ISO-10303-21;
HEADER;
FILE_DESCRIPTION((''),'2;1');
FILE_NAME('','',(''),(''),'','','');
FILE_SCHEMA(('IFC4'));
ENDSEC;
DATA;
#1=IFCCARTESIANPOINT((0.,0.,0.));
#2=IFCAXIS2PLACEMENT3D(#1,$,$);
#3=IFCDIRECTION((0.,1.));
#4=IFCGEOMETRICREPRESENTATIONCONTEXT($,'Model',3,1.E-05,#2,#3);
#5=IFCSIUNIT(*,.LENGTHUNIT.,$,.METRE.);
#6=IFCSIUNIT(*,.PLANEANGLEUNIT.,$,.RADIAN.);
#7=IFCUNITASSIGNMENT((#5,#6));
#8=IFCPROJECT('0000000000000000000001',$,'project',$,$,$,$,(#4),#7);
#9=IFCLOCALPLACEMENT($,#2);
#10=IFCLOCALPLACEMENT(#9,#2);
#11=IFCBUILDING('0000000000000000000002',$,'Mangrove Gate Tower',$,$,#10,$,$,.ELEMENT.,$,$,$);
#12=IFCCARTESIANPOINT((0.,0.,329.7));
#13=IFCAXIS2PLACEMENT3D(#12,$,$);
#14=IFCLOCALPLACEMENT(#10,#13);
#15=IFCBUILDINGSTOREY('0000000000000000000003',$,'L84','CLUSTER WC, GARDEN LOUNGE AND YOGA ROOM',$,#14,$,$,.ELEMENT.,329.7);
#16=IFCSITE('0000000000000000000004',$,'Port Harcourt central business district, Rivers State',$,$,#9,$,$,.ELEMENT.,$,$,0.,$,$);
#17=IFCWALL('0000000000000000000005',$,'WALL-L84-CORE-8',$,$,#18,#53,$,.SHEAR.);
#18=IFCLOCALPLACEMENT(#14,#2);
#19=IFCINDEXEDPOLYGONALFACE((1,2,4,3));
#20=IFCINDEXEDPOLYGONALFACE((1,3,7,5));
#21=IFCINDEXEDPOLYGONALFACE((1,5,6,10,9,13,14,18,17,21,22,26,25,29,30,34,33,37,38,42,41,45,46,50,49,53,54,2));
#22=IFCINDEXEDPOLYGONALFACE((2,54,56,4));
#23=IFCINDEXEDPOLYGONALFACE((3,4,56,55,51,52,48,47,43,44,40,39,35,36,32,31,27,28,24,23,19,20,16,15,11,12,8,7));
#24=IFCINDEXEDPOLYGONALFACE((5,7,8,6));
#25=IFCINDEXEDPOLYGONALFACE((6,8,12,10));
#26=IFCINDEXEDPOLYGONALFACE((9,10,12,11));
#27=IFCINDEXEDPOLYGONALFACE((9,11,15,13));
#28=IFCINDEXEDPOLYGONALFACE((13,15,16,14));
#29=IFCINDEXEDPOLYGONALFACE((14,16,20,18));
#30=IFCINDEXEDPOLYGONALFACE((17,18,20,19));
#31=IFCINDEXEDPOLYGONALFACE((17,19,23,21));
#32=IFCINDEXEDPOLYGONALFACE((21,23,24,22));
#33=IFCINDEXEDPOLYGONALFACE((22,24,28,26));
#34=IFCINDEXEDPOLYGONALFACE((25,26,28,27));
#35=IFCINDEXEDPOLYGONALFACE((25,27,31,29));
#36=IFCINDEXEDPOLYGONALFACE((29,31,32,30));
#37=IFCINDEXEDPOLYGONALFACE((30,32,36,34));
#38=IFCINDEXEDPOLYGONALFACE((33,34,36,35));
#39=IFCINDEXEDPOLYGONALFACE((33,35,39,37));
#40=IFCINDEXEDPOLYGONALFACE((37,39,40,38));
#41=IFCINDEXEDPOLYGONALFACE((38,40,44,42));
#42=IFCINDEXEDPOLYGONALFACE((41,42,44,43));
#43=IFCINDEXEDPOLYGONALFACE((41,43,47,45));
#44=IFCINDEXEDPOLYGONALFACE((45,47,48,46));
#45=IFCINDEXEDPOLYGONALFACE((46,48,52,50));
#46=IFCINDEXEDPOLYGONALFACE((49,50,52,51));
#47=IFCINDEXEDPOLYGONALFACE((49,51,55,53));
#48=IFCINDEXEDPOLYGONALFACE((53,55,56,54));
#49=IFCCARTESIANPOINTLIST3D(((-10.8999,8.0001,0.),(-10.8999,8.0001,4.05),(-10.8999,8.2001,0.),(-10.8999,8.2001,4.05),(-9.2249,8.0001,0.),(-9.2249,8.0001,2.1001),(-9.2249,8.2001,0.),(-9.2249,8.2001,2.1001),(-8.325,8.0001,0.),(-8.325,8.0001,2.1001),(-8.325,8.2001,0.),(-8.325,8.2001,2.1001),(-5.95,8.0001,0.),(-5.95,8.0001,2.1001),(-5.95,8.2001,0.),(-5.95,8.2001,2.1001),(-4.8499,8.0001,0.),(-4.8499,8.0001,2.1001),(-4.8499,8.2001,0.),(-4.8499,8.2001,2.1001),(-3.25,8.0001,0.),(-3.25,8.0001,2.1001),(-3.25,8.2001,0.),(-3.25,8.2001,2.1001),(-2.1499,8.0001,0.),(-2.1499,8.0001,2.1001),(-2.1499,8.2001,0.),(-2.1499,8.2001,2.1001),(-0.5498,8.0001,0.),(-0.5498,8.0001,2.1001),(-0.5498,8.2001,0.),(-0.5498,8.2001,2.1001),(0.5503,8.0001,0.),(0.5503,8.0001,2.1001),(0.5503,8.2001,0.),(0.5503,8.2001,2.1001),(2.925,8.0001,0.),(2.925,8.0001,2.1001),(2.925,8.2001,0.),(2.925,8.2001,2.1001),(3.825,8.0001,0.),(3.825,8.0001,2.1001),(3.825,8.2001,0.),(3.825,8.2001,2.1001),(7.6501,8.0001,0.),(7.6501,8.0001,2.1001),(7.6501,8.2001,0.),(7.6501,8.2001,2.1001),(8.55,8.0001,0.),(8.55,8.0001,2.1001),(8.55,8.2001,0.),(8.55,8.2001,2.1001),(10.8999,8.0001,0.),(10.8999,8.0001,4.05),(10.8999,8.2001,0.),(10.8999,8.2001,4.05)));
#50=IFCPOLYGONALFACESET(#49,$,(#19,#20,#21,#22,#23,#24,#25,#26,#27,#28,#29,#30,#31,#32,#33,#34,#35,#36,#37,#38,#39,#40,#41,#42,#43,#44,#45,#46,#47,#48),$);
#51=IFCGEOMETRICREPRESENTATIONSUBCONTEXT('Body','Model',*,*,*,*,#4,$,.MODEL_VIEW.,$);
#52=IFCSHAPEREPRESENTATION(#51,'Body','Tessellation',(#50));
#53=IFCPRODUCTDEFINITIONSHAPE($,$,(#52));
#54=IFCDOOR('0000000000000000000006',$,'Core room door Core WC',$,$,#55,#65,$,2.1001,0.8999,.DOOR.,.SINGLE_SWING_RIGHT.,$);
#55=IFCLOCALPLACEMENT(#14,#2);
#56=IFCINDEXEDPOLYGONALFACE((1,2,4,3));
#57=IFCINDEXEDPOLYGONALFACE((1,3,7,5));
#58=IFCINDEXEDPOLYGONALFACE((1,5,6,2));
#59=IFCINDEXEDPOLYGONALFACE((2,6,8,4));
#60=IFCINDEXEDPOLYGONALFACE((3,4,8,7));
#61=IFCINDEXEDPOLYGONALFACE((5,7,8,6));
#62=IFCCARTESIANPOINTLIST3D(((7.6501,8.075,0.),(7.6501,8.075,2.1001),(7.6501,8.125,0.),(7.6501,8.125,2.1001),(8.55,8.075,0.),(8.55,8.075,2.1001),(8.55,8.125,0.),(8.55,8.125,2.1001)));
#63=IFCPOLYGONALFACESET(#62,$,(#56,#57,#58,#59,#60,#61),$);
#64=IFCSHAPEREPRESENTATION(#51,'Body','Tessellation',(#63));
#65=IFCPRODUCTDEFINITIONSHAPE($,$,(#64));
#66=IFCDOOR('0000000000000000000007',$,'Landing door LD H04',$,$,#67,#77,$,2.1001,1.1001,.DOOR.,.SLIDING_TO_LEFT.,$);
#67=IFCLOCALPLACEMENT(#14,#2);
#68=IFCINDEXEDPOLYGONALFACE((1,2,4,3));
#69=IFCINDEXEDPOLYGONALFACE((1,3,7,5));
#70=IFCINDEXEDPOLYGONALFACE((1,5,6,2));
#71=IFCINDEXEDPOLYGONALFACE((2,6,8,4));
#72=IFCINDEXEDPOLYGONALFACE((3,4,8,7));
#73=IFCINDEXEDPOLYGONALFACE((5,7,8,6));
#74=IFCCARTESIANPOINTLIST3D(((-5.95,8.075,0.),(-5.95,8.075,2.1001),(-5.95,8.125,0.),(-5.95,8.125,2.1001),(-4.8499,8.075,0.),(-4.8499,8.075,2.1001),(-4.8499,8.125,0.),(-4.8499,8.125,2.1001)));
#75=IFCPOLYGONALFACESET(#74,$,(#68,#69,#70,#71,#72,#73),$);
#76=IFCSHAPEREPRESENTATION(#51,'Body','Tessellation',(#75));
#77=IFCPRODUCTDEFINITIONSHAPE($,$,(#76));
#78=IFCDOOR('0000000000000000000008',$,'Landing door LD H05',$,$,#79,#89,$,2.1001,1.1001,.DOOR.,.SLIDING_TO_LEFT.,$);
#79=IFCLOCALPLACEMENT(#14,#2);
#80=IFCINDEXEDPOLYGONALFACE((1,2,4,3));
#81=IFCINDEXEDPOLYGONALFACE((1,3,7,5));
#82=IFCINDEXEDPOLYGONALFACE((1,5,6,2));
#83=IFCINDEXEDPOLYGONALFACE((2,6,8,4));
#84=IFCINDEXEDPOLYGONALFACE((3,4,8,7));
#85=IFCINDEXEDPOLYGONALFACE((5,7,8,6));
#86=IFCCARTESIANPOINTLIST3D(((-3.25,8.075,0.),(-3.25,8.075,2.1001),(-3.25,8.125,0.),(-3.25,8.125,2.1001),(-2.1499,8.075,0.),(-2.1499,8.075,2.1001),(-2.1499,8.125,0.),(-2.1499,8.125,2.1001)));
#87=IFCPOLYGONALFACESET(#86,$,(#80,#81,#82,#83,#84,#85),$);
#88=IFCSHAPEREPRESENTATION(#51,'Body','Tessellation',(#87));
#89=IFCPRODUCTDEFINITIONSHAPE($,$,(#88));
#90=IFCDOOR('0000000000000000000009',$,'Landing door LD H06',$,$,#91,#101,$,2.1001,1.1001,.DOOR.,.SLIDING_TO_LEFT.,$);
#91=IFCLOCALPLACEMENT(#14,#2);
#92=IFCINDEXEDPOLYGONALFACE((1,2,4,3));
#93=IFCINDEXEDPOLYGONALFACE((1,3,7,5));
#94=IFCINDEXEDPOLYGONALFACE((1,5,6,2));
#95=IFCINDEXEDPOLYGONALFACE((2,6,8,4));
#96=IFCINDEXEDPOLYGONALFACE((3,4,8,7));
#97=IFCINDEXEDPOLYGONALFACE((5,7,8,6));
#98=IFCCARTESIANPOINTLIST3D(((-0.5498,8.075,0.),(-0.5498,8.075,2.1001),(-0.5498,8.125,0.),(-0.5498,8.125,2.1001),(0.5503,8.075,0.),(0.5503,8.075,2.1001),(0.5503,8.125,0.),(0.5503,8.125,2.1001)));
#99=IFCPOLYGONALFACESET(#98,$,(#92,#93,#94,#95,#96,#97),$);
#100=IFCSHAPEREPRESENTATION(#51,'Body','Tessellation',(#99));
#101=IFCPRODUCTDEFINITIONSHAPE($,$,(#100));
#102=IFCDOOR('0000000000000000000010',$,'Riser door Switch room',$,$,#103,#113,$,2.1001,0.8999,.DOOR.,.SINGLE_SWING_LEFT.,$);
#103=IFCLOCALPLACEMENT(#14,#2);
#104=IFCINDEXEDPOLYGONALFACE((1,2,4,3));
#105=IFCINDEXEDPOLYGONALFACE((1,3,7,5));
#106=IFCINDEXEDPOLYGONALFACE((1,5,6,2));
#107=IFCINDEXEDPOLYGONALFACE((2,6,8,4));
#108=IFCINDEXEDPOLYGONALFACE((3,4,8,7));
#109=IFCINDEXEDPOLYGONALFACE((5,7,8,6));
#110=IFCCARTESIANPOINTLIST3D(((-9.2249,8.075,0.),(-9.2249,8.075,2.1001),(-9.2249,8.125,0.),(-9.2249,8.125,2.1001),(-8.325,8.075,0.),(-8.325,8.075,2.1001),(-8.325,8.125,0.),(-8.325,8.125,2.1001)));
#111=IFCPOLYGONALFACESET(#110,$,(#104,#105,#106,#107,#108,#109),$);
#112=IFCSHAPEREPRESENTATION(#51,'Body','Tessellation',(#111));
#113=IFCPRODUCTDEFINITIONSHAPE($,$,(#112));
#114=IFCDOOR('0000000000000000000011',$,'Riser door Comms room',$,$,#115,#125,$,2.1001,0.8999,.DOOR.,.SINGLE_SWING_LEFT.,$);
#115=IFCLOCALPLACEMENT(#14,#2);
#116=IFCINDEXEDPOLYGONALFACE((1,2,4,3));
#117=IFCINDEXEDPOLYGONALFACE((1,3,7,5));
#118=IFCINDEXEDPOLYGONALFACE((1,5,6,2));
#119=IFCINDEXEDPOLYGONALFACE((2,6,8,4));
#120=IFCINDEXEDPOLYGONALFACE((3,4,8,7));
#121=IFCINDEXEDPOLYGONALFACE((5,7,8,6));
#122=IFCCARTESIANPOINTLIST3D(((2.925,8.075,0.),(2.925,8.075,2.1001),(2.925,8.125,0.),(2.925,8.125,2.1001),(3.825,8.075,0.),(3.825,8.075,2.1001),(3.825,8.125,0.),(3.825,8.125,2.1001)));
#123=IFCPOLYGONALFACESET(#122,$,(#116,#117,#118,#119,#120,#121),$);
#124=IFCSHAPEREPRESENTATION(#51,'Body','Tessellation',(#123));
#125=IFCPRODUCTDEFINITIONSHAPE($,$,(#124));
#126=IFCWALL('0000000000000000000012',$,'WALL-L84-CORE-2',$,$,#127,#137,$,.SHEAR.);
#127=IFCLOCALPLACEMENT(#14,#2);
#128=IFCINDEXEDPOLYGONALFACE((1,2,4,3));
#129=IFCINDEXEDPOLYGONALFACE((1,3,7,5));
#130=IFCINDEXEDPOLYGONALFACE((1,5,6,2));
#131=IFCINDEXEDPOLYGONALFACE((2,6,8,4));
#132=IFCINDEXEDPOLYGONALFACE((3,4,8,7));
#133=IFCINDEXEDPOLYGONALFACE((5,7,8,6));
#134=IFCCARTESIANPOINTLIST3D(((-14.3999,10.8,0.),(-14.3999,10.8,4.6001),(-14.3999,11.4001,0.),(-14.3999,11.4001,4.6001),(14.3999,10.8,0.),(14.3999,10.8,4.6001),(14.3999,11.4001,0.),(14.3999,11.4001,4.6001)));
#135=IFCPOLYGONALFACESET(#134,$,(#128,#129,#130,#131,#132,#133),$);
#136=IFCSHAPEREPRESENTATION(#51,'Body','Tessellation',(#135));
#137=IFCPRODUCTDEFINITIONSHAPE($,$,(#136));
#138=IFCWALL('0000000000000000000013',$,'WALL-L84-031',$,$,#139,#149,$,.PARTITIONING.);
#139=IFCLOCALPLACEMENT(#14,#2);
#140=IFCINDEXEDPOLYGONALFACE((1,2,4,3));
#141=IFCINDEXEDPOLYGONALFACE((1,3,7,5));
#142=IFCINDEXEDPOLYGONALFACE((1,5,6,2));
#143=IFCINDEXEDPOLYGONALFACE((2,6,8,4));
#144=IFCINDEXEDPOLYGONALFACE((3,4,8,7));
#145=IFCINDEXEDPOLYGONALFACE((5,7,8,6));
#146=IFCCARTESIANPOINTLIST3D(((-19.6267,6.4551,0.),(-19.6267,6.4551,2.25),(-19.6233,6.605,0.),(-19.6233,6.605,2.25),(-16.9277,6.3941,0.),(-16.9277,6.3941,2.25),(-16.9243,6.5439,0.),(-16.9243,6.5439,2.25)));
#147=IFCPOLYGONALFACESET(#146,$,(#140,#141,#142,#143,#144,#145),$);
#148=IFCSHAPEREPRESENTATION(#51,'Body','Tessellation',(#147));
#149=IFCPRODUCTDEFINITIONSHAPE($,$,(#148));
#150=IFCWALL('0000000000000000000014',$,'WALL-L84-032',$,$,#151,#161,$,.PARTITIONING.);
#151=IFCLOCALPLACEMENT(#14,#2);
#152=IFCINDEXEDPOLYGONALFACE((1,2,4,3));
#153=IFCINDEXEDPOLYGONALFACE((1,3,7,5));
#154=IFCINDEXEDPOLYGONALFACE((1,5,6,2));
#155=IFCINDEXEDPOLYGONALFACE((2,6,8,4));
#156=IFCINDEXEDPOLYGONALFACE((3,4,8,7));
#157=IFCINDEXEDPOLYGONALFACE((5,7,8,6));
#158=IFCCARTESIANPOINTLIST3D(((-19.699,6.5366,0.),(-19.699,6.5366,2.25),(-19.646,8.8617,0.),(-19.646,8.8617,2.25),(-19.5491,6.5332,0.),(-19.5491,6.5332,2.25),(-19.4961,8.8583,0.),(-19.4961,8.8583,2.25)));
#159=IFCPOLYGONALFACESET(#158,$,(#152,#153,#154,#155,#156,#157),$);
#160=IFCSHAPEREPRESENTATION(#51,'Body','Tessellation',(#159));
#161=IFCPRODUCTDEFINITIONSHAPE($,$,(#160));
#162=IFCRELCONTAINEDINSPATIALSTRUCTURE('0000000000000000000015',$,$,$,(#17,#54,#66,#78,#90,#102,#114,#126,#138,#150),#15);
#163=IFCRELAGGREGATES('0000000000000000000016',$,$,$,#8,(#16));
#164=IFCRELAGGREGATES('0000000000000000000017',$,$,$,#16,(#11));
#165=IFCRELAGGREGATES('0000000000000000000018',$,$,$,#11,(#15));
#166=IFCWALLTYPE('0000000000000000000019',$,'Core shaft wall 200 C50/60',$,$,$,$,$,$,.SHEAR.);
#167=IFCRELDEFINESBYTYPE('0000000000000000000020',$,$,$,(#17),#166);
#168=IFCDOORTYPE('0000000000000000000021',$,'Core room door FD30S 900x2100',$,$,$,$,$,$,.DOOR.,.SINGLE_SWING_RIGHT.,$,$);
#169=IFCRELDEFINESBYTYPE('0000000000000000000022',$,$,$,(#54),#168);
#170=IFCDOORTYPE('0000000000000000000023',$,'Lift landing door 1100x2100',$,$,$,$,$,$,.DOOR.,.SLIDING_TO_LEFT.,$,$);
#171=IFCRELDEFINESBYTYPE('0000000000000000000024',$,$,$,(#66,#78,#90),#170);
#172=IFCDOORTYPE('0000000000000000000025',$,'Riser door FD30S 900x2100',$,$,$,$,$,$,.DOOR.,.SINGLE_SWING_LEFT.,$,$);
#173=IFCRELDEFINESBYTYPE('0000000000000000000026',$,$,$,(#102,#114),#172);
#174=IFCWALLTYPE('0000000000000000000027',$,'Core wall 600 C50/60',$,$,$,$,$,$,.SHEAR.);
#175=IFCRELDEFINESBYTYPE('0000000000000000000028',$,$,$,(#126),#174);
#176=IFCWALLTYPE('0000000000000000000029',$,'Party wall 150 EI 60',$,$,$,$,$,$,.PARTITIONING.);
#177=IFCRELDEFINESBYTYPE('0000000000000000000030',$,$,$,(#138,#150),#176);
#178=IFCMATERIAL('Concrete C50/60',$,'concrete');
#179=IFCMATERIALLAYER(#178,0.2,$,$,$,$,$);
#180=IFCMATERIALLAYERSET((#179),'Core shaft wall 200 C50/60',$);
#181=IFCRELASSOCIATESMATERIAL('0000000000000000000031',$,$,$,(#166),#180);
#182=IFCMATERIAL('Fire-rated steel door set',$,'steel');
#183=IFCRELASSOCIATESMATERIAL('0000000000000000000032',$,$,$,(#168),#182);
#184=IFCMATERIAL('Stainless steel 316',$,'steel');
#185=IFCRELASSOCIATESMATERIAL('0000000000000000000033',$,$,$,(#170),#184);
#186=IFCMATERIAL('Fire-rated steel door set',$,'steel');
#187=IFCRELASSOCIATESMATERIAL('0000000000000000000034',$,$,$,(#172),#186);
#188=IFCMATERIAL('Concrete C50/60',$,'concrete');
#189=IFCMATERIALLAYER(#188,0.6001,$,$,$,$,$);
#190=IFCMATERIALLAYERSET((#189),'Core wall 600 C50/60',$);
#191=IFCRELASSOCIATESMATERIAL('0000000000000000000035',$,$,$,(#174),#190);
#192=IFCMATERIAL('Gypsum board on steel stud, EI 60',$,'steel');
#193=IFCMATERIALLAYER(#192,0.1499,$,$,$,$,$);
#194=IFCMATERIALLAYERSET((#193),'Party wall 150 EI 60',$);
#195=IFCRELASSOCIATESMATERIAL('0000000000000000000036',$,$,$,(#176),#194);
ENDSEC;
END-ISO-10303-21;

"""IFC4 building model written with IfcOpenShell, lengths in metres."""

from ifc_helpers import new_model, si_unit, direction, frame, frame_2d, origin, place, context, subcontext, project, spatial, rectangle, extrude, material, layer, layer_set, type_object, element, fill, save


model = new_model("IFC4")

# Units and contexts
model_context = context("Model", 3, precision=1e-05, world=origin(), true_north=direction((0.0, 1.0)))
body_context = subcontext(model_context, "Body", "Model", "MODEL_VIEW")
ifc_project = project(units=[si_unit("LENGTHUNIT", "METRE"), si_unit("PLANEANGLEUNIT", "RADIAN")], contexts=[model_context])

# Site, building, storey
site_placement = place(None, origin())
site = spatial("IfcSite", under=ifc_project, at=site_placement, Name="Port Harcourt central business district, Rivers State", CompositionType="ELEMENT", RefElevation=0.0)
building_placement = place(site_placement, origin())
building = spatial("IfcBuilding", under=site, at=building_placement, Name="Mangrove Gate Tower", CompositionType="ELEMENT")
storey_placement = place(building_placement, frame((0.0, 0.0, 329.7)))
storey = spatial("IfcBuildingStorey", under=building, at=storey_placement, Name="L84", Description="CLUSTER WC, GARDEN LOUNGE AND YOGA ROOM", CompositionType="ELEMENT", Elevation=329.7)

# Wall, openings, doors
ifc_material_1 = material(Name="Concrete C50/60", Category="concrete")
ifc_layer_1 = layer(ifc_material_1, 0.2)
ifc_layer_set_1 = layer_set([ifc_layer_1], Name="Core shaft wall 200 C50/60")
wall_type_1 = type_object("IfcWallType", Name="Core shaft wall 200 C50/60", PredefinedType="SHEAR", material=ifc_layer_set_1)
ifc_material_2 = material(Name="Fire-rated steel door set", Category="steel")
door_type_1 = type_object("IfcDoorType", Name="Core room door FD30S 900x2100", OperationType="SINGLE_SWING_RIGHT", PredefinedType="DOOR", material=ifc_material_2)
ifc_material_3 = material(Name="Stainless steel 316", Category="steel")
door_type_2 = type_object("IfcDoorType", Name="Lift landing door 1100x2100", OperationType="SLIDING_TO_LEFT", PredefinedType="DOOR", material=ifc_material_3)
ifc_material_4 = material(Name="Fire-rated steel door set", Category="steel")
door_type_3 = type_object("IfcDoorType", Name="Riser door FD30S 900x2100", OperationType="SINGLE_SWING_LEFT", PredefinedType="DOOR", material=ifc_material_4)
wall_1_placement = place(storey_placement, frame((-10.8999, 8.1001, 0.0), z_axis=(0.0, 0.0, 1.0), x_axis=(1.0, 0.0, 0.0)))
wall_1 = element("IfcWall", 1, at=wall_1_placement, inside=storey, type_object=wall_type_1, Name="WALL-L84-CORE-8", PredefinedType="SHEAR", context=body_context, shape_type="SweptSolid", body=[
    extrude(rectangle(XDim=21.7998, YDim=0.2, at=frame_2d((10.8999, 0.0))), origin(), (0.0, 0.0, 1.0), 4.05),
])
opening_1_placement = place(wall_1_placement, frame((4.95, 0.0, 0.0)))
opening_1 = element("IfcOpeningElement", 2, at=opening_1_placement, cuts=wall_1, PredefinedType="OPENING", context=body_context, shape_type="SweptSolid", body=[
    extrude(rectangle(XDim=1.1001, YDim=2.1001, at=frame_2d((0.55, 1.05))), frame((0.0, 0.1099, 0.0), z_axis=(0.0, -1.0, 0.0), x_axis=(1.0, 0.0, 0.0)), (0.0, 0.0, 1.0), 0.22),
])
opening_2_placement = place(wall_1_placement, frame((7.6499, 0.0, 0.0)))
opening_2 = element("IfcOpeningElement", 3, at=opening_2_placement, cuts=wall_1, PredefinedType="OPENING", context=body_context, shape_type="SweptSolid", body=[
    extrude(rectangle(XDim=1.1001, YDim=2.1001, at=frame_2d((0.55, 1.05))), frame((0.0, 0.1099, 0.0), z_axis=(0.0, -1.0, 0.0), x_axis=(1.0, 0.0, 0.0)), (0.0, 0.0, 1.0), 0.22),
])
opening_3_placement = place(wall_1_placement, frame((10.3501, 0.0, 0.0)))
opening_3 = element("IfcOpeningElement", 4, at=opening_3_placement, cuts=wall_1, PredefinedType="OPENING", context=body_context, shape_type="SweptSolid", body=[
    extrude(rectangle(XDim=1.1001, YDim=2.1001, at=frame_2d((0.55, 1.05))), frame((0.0, 0.1099, 0.0), z_axis=(0.0, -1.0, 0.0), x_axis=(1.0, 0.0, 0.0)), (0.0, 0.0, 1.0), 0.22),
])
opening_4_placement = place(wall_1_placement, frame((1.675, 0.0, 0.0)))
opening_4 = element("IfcOpeningElement", 5, at=opening_4_placement, cuts=wall_1, PredefinedType="OPENING", context=body_context, shape_type="SweptSolid", body=[
    extrude(rectangle(XDim=0.8999, YDim=2.1001, at=frame_2d((0.45, 1.05))), frame((0.0, 0.1099, 0.0), z_axis=(0.0, -1.0, 0.0), x_axis=(1.0, 0.0, 0.0)), (0.0, 0.0, 1.0), 0.22),
])
opening_5_placement = place(wall_1_placement, frame((13.825, 0.0, 0.0)))
opening_5 = element("IfcOpeningElement", 6, at=opening_5_placement, cuts=wall_1, PredefinedType="OPENING", context=body_context, shape_type="SweptSolid", body=[
    extrude(rectangle(XDim=0.8999, YDim=2.1001, at=frame_2d((0.45, 1.05))), frame((0.0, 0.1099, 0.0), z_axis=(0.0, -1.0, 0.0), x_axis=(1.0, 0.0, 0.0)), (0.0, 0.0, 1.0), 0.22),
])
opening_6_placement = place(wall_1_placement, frame((18.55, 0.0, 0.0)))
opening_6 = element("IfcOpeningElement", 7, at=opening_6_placement, cuts=wall_1, PredefinedType="OPENING", context=body_context, shape_type="SweptSolid", body=[
    extrude(rectangle(XDim=0.8999, YDim=2.1001, at=frame_2d((0.45, 1.05))), frame((0.0, 0.1099, 0.0), z_axis=(0.0, -1.0, 0.0), x_axis=(1.0, 0.0, 0.0)), (0.0, 0.0, 1.0), 0.22),
])
door_1_placement = place(opening_6_placement, origin())
door_1 = element("IfcDoor", 8, at=door_1_placement, inside=storey, type_object=door_type_1, Name="Core room door Core WC", OperationType="SINGLE_SWING_RIGHT", OverallHeight=2.1001, OverallWidth=0.8999, PredefinedType="DOOR", context=body_context, shape_type="SweptSolid", body=[
    extrude(rectangle(XDim=0.8999, YDim=2.1001, at=frame_2d((0.45, 1.05))), frame((0.0, 0.0249, 0.0), z_axis=(0.0, -1.0, 0.0), x_axis=(1.0, 0.0, 0.0)), (0.0, 0.0, 1.0), 0.05),
])
fill(opening_6, door_1)
door_2_placement = place(opening_1_placement, origin())
door_2 = element("IfcDoor", 9, at=door_2_placement, inside=storey, type_object=door_type_2, Name="Landing door LD H04", OperationType="SLIDING_TO_LEFT", OverallHeight=2.1001, OverallWidth=1.1001, PredefinedType="DOOR", context=body_context, shape_type="SweptSolid", body=[
    extrude(rectangle(XDim=1.1001, YDim=2.1001, at=frame_2d((0.55, 1.05))), frame((0.0, 0.0249, 0.0), z_axis=(0.0, -1.0, 0.0), x_axis=(1.0, 0.0, 0.0)), (0.0, 0.0, 1.0), 0.05),
])
fill(opening_1, door_2)
door_3_placement = place(opening_2_placement, origin())
door_3 = element("IfcDoor", 10, at=door_3_placement, inside=storey, type_object=door_type_2, Name="Landing door LD H05", OperationType="SLIDING_TO_LEFT", OverallHeight=2.1001, OverallWidth=1.1001, PredefinedType="DOOR", context=body_context, shape_type="SweptSolid", body=[
    extrude(rectangle(XDim=1.1001, YDim=2.1001, at=frame_2d((0.55, 1.05))), frame((0.0, 0.0249, 0.0), z_axis=(0.0, -1.0, 0.0), x_axis=(1.0, 0.0, 0.0)), (0.0, 0.0, 1.0), 0.05),
])
fill(opening_2, door_3)
door_4_placement = place(opening_3_placement, origin())
door_4 = element("IfcDoor", 11, at=door_4_placement, inside=storey, type_object=door_type_2, Name="Landing door LD H06", OperationType="SLIDING_TO_LEFT", OverallHeight=2.1001, OverallWidth=1.1001, PredefinedType="DOOR", context=body_context, shape_type="SweptSolid", body=[
    extrude(rectangle(XDim=1.1001, YDim=2.1001, at=frame_2d((0.55, 1.05))), frame((0.0, 0.0249, 0.0), z_axis=(0.0, -1.0, 0.0), x_axis=(1.0, 0.0, 0.0)), (0.0, 0.0, 1.0), 0.05),
])
fill(opening_3, door_4)
door_5_placement = place(opening_4_placement, origin())
door_5 = element("IfcDoor", 12, at=door_5_placement, inside=storey, type_object=door_type_3, Name="Riser door Switch room", OperationType="SINGLE_SWING_LEFT", OverallHeight=2.1001, OverallWidth=0.8999, PredefinedType="DOOR", context=body_context, shape_type="SweptSolid", body=[
    extrude(rectangle(XDim=0.8999, YDim=2.1001, at=frame_2d((0.45, 1.05))), frame((0.0, 0.0249, 0.0), z_axis=(0.0, -1.0, 0.0), x_axis=(1.0, 0.0, 0.0)), (0.0, 0.0, 1.0), 0.05),
])
fill(opening_4, door_5)
door_6_placement = place(opening_5_placement, origin())
door_6 = element("IfcDoor", 13, at=door_6_placement, inside=storey, type_object=door_type_3, Name="Riser door Comms room", OperationType="SINGLE_SWING_LEFT", OverallHeight=2.1001, OverallWidth=0.8999, PredefinedType="DOOR", context=body_context, shape_type="SweptSolid", body=[
    extrude(rectangle(XDim=0.8999, YDim=2.1001, at=frame_2d((0.45, 1.05))), frame((0.0, 0.0249, 0.0), z_axis=(0.0, -1.0, 0.0), x_axis=(1.0, 0.0, 0.0)), (0.0, 0.0, 1.0), 0.05),
])
fill(opening_5, door_6)

# Walls
ifc_material_5 = material(Name="Concrete C50/60", Category="concrete")
ifc_layer_2 = layer(ifc_material_5, 0.6001)
ifc_layer_set_2 = layer_set([ifc_layer_2], Name="Core wall 600 C50/60")
wall_type_2 = type_object("IfcWallType", Name="Core wall 600 C50/60", PredefinedType="SHEAR", material=ifc_layer_set_2)
wall_2_placement = place(storey_placement, frame((-14.3999, 11.1001, 0.0), z_axis=(0.0, 0.0, 1.0), x_axis=(1.0, 0.0, 0.0)))
element("IfcWall", 14, at=wall_2_placement, inside=storey, type_object=wall_type_2, Name="WALL-L84-CORE-2", PredefinedType="SHEAR", context=body_context, shape_type="SweptSolid", body=[
    extrude(rectangle(XDim=28.7998, YDim=0.6001, at=frame_2d((14.3999, 0.0))), origin(), (0.0, 0.0, 1.0), 4.6001),
])
ifc_material_6 = material(Name="Gypsum board on steel stud, EI 60", Category="steel")
ifc_layer_3 = layer(ifc_material_6, 0.1499)
ifc_layer_set_3 = layer_set([ifc_layer_3], Name="Party wall 150 EI 60")
wall_type_3 = type_object("IfcWallType", Name="Party wall 150 EI 60", PredefinedType="PARTITIONING", material=ifc_layer_set_3)
wall_3_placement = place(storey_placement, frame((-19.625, 6.53, 0.0), z_axis=(0.0, 0.0, 1.0), x_axis=(0.999744, -0.022608, 0.0)))
element("IfcWall", 15, at=wall_3_placement, inside=storey, type_object=wall_type_3, Name="WALL-L84-031", PredefinedType="PARTITIONING", context=body_context, shape_type="SweptSolid", body=[
    extrude(rectangle(XDim=2.6997, YDim=0.1499, at=frame_2d((1.3499, 0.0))), origin(), (0.0, 0.0, 1.0), 2.25),
])
wall_4_placement = place(storey_placement, frame((-19.624, 6.5349, 0.0), z_axis=(0.0, 0.0, 1.0), x_axis=(0.022779, 0.999741, 0.0)))
element("IfcWall", 16, at=wall_4_placement, inside=storey, type_object=wall_type_3, Name="WALL-L84-032", PredefinedType="PARTITIONING", context=body_context, shape_type="SweptSolid", body=[
    extrude(rectangle(XDim=2.3257, YDim=0.1499, at=frame_2d((1.1628, 0.0))), origin(), (0.0, 0.0, 1.0), 2.25),
])

save(model, "model.ifc")
